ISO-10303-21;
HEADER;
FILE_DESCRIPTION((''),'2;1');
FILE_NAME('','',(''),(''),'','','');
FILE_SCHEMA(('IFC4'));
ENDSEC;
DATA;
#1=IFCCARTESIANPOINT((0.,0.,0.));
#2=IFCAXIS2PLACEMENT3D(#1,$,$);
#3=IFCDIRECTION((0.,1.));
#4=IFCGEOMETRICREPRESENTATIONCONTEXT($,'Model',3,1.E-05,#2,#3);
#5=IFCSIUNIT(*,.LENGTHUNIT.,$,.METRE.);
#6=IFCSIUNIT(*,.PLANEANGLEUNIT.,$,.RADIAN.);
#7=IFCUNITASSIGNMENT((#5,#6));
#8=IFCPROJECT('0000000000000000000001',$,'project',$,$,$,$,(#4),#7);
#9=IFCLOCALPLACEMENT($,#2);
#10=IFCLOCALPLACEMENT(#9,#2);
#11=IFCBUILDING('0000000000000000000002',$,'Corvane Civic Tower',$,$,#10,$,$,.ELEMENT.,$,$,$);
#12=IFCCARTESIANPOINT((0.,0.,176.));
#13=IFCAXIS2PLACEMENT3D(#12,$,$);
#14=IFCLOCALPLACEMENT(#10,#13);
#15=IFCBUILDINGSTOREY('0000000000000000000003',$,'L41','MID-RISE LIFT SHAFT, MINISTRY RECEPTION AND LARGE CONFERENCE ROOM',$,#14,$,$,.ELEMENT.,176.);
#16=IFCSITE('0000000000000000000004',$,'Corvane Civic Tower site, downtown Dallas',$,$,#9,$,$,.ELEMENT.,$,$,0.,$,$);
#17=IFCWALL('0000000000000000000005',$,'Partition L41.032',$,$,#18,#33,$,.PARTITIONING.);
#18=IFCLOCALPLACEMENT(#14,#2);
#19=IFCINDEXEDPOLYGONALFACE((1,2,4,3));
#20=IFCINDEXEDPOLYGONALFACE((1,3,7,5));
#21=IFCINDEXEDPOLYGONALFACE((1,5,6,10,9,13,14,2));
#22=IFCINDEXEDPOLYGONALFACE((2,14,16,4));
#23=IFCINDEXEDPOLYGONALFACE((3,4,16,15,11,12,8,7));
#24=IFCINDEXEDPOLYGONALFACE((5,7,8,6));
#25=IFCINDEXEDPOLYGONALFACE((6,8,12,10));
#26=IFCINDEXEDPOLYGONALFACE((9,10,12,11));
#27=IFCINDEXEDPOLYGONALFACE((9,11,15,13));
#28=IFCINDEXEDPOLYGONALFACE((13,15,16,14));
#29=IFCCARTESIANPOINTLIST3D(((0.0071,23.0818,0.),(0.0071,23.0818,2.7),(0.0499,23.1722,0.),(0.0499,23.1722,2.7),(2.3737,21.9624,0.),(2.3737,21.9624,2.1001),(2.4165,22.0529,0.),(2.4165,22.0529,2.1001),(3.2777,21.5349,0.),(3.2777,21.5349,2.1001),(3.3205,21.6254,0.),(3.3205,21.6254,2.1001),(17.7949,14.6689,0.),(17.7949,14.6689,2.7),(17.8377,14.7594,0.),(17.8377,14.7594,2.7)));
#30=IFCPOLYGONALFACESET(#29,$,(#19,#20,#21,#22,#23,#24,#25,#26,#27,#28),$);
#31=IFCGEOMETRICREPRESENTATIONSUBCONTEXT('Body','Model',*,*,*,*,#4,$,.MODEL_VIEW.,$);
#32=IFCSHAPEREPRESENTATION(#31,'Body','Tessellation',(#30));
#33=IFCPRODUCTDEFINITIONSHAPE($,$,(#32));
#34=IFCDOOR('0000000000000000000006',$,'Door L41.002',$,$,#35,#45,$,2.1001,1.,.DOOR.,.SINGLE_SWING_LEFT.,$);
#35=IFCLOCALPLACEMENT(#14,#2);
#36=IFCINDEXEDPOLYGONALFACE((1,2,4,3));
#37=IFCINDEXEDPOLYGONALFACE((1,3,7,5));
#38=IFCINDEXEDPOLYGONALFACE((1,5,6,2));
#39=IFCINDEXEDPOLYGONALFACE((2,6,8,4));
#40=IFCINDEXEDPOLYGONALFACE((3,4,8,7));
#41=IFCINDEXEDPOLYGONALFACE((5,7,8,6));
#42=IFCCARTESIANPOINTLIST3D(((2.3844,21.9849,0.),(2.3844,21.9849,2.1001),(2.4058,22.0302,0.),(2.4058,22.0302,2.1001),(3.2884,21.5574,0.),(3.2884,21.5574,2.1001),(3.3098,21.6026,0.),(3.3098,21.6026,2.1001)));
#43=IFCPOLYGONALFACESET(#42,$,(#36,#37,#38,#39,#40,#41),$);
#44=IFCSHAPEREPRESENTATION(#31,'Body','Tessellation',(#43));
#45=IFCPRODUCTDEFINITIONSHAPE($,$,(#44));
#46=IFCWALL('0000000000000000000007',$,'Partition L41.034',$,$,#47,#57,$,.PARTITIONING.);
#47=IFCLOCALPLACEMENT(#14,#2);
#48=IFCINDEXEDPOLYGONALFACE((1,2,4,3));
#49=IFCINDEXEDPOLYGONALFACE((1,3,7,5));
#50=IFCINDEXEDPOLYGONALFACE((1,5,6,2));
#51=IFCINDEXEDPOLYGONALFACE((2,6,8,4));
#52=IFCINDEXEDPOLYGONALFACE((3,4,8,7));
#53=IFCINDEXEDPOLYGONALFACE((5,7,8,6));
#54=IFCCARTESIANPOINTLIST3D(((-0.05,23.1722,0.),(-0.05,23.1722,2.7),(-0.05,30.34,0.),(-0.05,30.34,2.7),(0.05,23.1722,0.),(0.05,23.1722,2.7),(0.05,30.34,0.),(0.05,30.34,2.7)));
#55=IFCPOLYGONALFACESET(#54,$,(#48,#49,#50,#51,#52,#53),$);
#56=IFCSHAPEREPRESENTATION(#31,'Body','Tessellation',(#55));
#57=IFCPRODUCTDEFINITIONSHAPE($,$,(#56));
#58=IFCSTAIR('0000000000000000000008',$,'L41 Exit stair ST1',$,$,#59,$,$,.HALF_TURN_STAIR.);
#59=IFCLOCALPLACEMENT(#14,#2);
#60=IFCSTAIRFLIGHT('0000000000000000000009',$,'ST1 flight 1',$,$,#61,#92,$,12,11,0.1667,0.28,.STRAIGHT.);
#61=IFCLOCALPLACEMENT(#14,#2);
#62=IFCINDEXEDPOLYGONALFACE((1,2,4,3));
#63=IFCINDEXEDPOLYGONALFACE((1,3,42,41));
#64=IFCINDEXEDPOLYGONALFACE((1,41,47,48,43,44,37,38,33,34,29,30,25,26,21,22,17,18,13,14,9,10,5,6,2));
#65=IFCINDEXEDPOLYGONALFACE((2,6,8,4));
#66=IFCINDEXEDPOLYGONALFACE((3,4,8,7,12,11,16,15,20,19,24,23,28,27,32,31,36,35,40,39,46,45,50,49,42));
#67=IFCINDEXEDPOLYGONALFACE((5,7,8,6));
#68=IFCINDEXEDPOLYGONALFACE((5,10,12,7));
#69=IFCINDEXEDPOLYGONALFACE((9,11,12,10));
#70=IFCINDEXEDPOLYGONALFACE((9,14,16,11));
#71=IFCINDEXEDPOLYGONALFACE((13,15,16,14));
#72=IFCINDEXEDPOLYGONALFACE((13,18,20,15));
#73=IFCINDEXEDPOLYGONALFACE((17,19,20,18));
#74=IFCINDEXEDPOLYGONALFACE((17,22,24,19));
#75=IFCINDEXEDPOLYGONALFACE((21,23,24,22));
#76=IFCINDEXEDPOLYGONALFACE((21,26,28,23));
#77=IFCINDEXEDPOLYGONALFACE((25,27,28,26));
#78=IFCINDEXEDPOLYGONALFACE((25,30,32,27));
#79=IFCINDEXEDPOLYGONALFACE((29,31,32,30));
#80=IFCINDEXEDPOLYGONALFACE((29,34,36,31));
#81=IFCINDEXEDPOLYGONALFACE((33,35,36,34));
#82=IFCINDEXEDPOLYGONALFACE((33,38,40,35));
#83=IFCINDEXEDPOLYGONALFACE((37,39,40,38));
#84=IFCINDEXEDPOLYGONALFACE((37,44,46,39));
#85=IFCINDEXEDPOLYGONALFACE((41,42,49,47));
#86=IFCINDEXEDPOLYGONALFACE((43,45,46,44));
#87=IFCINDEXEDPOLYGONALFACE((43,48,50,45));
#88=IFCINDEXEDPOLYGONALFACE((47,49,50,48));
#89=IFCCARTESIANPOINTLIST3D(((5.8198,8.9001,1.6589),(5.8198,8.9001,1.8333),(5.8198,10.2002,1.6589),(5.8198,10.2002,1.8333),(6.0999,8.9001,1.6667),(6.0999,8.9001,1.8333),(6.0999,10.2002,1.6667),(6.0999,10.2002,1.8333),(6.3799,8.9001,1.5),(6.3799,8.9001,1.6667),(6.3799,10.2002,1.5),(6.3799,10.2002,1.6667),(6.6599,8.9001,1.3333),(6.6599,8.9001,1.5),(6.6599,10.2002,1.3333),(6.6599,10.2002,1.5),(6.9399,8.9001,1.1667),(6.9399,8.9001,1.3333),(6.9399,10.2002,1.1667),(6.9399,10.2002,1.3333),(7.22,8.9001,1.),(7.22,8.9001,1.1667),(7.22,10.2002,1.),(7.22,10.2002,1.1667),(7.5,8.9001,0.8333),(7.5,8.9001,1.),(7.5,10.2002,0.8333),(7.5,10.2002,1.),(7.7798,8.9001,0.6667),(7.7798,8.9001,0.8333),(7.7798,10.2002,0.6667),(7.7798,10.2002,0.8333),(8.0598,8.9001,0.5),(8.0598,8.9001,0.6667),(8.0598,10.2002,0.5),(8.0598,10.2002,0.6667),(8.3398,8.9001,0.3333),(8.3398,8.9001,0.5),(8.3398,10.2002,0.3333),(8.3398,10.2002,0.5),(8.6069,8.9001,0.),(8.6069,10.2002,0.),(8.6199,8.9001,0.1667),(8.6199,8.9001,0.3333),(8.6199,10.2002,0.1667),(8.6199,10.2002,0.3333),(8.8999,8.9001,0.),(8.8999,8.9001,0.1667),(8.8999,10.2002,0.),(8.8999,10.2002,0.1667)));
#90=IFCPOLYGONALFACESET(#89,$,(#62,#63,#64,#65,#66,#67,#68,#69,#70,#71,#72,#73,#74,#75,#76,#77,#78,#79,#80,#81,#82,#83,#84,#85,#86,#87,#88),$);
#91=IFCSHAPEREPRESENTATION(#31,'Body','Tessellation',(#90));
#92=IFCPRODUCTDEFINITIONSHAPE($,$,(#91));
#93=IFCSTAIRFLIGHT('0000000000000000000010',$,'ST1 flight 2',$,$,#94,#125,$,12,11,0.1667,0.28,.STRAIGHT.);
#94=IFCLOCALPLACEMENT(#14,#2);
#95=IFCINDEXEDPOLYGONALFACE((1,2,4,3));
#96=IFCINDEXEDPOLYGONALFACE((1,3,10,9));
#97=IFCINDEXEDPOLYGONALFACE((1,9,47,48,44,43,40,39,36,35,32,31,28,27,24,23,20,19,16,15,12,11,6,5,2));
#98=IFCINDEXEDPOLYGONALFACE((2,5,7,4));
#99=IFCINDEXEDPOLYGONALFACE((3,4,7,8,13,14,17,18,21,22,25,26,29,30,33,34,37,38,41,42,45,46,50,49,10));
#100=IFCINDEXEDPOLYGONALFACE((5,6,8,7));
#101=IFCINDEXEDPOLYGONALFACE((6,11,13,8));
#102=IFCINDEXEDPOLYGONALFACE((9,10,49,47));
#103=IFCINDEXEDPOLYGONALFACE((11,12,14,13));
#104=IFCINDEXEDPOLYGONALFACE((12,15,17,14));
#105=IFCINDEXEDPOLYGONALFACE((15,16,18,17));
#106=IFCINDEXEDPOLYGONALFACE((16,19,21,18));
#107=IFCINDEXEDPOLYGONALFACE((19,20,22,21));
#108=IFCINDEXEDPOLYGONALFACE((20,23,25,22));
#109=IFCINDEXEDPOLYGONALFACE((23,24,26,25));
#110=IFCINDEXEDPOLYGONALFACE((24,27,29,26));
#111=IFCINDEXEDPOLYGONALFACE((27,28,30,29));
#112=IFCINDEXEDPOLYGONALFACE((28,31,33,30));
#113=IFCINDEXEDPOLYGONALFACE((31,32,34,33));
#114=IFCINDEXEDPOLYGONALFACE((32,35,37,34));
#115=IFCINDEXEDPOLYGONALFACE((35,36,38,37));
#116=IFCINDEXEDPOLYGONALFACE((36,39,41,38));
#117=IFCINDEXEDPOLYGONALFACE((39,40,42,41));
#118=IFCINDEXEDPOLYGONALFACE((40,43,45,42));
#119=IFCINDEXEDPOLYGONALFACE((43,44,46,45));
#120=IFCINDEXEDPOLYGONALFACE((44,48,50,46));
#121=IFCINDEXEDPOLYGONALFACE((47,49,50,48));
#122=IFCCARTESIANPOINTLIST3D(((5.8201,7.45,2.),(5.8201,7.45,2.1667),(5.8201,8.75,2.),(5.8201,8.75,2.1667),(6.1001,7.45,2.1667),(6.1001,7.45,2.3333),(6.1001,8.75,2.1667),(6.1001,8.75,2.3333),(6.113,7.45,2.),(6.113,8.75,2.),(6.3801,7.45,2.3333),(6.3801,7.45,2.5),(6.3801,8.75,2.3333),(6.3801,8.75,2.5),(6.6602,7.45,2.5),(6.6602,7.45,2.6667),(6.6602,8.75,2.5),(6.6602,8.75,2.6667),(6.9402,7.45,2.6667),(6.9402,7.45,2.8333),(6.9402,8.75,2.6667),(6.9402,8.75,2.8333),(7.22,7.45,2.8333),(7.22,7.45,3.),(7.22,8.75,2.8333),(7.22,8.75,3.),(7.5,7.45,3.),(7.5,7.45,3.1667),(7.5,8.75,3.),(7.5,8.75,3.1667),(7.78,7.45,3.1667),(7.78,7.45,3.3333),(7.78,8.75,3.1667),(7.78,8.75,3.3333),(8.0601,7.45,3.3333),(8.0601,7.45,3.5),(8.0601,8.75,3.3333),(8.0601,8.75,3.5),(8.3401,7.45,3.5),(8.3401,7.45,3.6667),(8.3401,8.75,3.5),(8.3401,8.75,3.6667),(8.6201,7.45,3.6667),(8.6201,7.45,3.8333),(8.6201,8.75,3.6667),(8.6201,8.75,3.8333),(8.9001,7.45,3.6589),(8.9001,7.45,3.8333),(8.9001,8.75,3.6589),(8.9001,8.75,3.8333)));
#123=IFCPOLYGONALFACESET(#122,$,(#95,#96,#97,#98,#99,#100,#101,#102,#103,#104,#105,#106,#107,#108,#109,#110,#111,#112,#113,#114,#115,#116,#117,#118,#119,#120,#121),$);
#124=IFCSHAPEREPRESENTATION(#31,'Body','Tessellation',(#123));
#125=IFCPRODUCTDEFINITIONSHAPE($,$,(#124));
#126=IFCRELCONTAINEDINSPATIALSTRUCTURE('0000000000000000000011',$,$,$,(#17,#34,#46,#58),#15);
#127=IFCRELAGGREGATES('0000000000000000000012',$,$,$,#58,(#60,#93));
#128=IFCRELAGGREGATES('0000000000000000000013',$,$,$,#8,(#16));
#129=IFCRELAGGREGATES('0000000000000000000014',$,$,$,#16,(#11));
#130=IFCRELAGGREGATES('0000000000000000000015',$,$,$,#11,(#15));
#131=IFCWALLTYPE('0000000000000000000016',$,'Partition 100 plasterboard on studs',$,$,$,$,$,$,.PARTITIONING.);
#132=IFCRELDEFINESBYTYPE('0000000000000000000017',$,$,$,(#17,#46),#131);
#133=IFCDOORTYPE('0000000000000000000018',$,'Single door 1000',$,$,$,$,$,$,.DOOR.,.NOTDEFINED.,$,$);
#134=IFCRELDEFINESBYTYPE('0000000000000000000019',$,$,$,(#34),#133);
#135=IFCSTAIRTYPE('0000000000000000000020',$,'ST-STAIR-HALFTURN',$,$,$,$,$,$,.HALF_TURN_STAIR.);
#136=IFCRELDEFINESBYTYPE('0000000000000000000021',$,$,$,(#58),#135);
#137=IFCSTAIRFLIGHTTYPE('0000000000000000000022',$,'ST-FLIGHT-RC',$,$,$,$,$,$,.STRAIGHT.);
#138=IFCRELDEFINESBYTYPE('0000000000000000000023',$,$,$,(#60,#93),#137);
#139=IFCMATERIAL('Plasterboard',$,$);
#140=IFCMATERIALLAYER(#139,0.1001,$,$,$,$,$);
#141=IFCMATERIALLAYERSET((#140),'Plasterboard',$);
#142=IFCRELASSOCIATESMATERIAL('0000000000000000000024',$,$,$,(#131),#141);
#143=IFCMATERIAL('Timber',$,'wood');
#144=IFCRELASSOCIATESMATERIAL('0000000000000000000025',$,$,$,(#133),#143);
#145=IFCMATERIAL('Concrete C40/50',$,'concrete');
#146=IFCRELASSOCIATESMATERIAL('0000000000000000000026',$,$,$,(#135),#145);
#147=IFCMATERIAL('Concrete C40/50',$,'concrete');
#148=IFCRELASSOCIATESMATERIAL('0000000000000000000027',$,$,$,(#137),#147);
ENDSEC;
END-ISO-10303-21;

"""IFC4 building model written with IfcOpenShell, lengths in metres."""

from ifc_helpers import new_model, si_unit, direction, frame, frame_2d, origin, place, context, subcontext, project, spatial, polyline, rectangle, outline, extrude, material, layer, layer_set, type_object, element, fill, aggregate, save


model = new_model("IFC4")

# Units and contexts
model_context = context("Model", 3, precision=1e-05, world=origin(), true_north=direction((0.0, 1.0)))
body_context = subcontext(model_context, "Body", "Model", "MODEL_VIEW")
ifc_project = project(units=[si_unit("LENGTHUNIT", "METRE"), si_unit("PLANEANGLEUNIT", "RADIAN")], contexts=[model_context])

# Site, building, storey
site_placement = place(None, origin())
site = spatial("IfcSite", under=ifc_project, at=site_placement, Name="Corvane Civic Tower site, downtown Dallas", CompositionType="ELEMENT", RefElevation=0.0)
building_placement = place(site_placement, origin())
building = spatial("IfcBuilding", under=site, at=building_placement, Name="Corvane Civic Tower", CompositionType="ELEMENT")
storey_placement = place(building_placement, frame((0.0, 0.0, 176.0)))
storey = spatial("IfcBuildingStorey", under=building, at=storey_placement, Name="L41", Description="MID-RISE LIFT SHAFT, MINISTRY RECEPTION AND LARGE CONFERENCE ROOM", CompositionType="ELEMENT", Elevation=176.0)

# Shared definitions
ifc_material_1 = material(Name="Plasterboard")
ifc_layer_1 = layer(ifc_material_1, 0.1001)
ifc_layer_set_1 = layer_set([ifc_layer_1], Name="Plasterboard")
wall_type = type_object("IfcWallType", Name="Partition 100 plasterboard on studs", PredefinedType="PARTITIONING", material=ifc_layer_set_1)

# Wall, opening, door
wall_1_placement = place(storey_placement, frame((0.0286, 23.127, 0.0), z_axis=(0.0, 0.0, 1.0), x_axis=(0.903993, -0.427548, 0.0)))
wall_1 = element("IfcWall", 1, at=wall_1_placement, inside=storey, type_object=wall_type, Name="Partition L41.032", PredefinedType="PARTITIONING", context=body_context, shape_type="SweptSolid", body=[
    extrude(rectangle(XDim=19.677, YDim=0.1001, at=frame_2d((9.8384, 0.0))), origin(), (0.0, 0.0, 1.0), 2.7),
])
opening_placement = place(wall_1_placement, frame((2.6179, 0.0, 0.0)))
opening = element("IfcOpeningElement", 2, at=opening_placement, cuts=wall_1, PredefinedType="OPENING", context=body_context, shape_type="SweptSolid", body=[
    extrude(rectangle(XDim=1.0, YDim=2.1001, at=frame_2d((0.5, 1.05))), frame((0.0, 0.0601, 0.0), z_axis=(0.0, -1.0, 0.0), x_axis=(1.0, 0.0, 0.0)), (0.0, 0.0, 1.0), 0.1201),
])
ifc_material_2 = material(Name="Timber", Category="wood")
door_type = type_object("IfcDoorType", Name="Single door 1000", OperationType="NOTDEFINED", PredefinedType="DOOR", material=ifc_material_2)
door_placement = place(opening_placement, origin())
door = element("IfcDoor", 3, at=door_placement, inside=storey, type_object=door_type, Name="Door L41.002", OperationType="SINGLE_SWING_LEFT", OverallHeight=2.1001, OverallWidth=1.0, PredefinedType="DOOR", context=body_context, shape_type="SweptSolid", body=[
    extrude(rectangle(XDim=1.0, YDim=2.1001, at=frame_2d((0.5, 1.05))), frame((0.0, 0.0249, 0.0), z_axis=(0.0, -1.0, 0.0), x_axis=(1.0, 0.0, 0.0)), (0.0, 0.0, 1.0), 0.05),
])
fill(opening, door)

# Wall
wall_2_placement = place(storey_placement, frame((0.0, 23.1721, 0.0), z_axis=(0.0, 0.0, 1.0), x_axis=(0.0, 1.0, 0.0)))
element("IfcWall", 4, at=wall_2_placement, inside=storey, type_object=wall_type, Name="Partition L41.034", PredefinedType="PARTITIONING", context=body_context, shape_type="SweptSolid", body=[
    extrude(rectangle(XDim=7.1677, YDim=0.1001, at=frame_2d((3.584, 0.0))), origin(), (0.0, 0.0, 1.0), 2.7),
])

# Stair, stair flights
ifc_material_3 = material(Name="Concrete C40/50", Category="concrete")
stair_type = type_object("IfcStairType", Name="ST-STAIR-HALFTURN", PredefinedType="HALF_TURN_STAIR", material=ifc_material_3)
stair_placement = place(storey_placement, origin())
stair = element("IfcStair", 5, at=stair_placement, inside=storey, type_object=stair_type, Name="L41 Exit stair ST1", PredefinedType="HALF_TURN_STAIR")
ifc_material_4 = material(Name="Concrete C40/50", Category="concrete")
stair_flight_type = type_object("IfcStairFlightType", Name="ST-FLIGHT-RC", PredefinedType="STRAIGHT", material=ifc_material_4)
stair_flight_1_placement = place(storey_placement, frame((8.8999, 9.55, 0.0), z_axis=(0.0, 0.0, 1.0), x_axis=(-1.0, 0.0, 0.0)))
stair_flight_1 = element("IfcStairFlight", 6, at=stair_flight_1_placement, type_object=stair_flight_type, Name="ST1 flight 1", NumberOfRisers=12, NumberOfTreads=11, PredefinedType="STRAIGHT", RiserHeight=0.1667, TreadLength=0.28, context=body_context, shape_type="SweptSolid", body=[
    extrude(outline(polyline([(0.0, 0.0), (0.0, 0.1667), (0.28, 0.1667), (0.28, 0.3333), (0.5601, 0.3333), (0.5601, 0.5), (0.8401, 0.5), (0.8401, 0.6667), (1.1201, 0.6667), (1.1201, 0.8333), (1.3999, 0.8333), (1.3999, 1.0), (1.6799, 1.0), (1.6799, 1.1667), (1.96, 1.1667), (1.96, 1.3333), (2.24, 1.3333), (2.24, 1.5), (2.52, 1.5), (2.52, 1.6667), (2.8, 1.6667), (2.8, 1.8333), (3.0801, 1.8333), (3.0801, 2.0), (3.0801, 1.6589), (0.293, 0.0), (0.0, 0.0)])), frame((0.0, 0.6499, 0.0), z_axis=(0.0, -1.0, 0.0), x_axis=(1.0, 0.0, 0.0)), (0.0, 0.0, 1.0), 1.3),
])
stair_flight_2_placement = place(storey_placement, frame((5.8201, 8.1001, 2.0), z_axis=(0.0, 0.0, 1.0), x_axis=(1.0, 0.0, 0.0)))
stair_flight_2 = element("IfcStairFlight", 7, at=stair_flight_2_placement, type_object=stair_flight_type, Name="ST1 flight 2", NumberOfRisers=12, NumberOfTreads=11, PredefinedType="STRAIGHT", RiserHeight=0.1667, TreadLength=0.28, context=body_context, shape_type="SweptSolid", body=[
    extrude(outline(polyline([(0.0, 0.0), (0.0, 0.1667), (0.28, 0.1667), (0.28, 0.3333), (0.5601, 0.3333), (0.5601, 0.5), (0.8401, 0.5), (0.8401, 0.6667), (1.1201, 0.6667), (1.1201, 0.8333), (1.3999, 0.8333), (1.3999, 1.0), (1.6799, 1.0), (1.6799, 1.1667), (1.96, 1.1667), (1.96, 1.3333), (2.24, 1.3333), (2.24, 1.5), (2.52, 1.5), (2.52, 1.6667), (2.8, 1.6667), (2.8, 1.8333), (3.0801, 1.8333), (3.0801, 2.0), (3.0801, 1.6589), (0.293, 0.0), (0.0, 0.0)])), frame((0.0, 0.6499, 0.0), z_axis=(0.0, -1.0, 0.0), x_axis=(1.0, 0.0, 0.0)), (0.0, 0.0, 1.0), 1.3),
])
aggregate(stair, [stair_flight_1, stair_flight_2])

save(model, "model.ifc")
